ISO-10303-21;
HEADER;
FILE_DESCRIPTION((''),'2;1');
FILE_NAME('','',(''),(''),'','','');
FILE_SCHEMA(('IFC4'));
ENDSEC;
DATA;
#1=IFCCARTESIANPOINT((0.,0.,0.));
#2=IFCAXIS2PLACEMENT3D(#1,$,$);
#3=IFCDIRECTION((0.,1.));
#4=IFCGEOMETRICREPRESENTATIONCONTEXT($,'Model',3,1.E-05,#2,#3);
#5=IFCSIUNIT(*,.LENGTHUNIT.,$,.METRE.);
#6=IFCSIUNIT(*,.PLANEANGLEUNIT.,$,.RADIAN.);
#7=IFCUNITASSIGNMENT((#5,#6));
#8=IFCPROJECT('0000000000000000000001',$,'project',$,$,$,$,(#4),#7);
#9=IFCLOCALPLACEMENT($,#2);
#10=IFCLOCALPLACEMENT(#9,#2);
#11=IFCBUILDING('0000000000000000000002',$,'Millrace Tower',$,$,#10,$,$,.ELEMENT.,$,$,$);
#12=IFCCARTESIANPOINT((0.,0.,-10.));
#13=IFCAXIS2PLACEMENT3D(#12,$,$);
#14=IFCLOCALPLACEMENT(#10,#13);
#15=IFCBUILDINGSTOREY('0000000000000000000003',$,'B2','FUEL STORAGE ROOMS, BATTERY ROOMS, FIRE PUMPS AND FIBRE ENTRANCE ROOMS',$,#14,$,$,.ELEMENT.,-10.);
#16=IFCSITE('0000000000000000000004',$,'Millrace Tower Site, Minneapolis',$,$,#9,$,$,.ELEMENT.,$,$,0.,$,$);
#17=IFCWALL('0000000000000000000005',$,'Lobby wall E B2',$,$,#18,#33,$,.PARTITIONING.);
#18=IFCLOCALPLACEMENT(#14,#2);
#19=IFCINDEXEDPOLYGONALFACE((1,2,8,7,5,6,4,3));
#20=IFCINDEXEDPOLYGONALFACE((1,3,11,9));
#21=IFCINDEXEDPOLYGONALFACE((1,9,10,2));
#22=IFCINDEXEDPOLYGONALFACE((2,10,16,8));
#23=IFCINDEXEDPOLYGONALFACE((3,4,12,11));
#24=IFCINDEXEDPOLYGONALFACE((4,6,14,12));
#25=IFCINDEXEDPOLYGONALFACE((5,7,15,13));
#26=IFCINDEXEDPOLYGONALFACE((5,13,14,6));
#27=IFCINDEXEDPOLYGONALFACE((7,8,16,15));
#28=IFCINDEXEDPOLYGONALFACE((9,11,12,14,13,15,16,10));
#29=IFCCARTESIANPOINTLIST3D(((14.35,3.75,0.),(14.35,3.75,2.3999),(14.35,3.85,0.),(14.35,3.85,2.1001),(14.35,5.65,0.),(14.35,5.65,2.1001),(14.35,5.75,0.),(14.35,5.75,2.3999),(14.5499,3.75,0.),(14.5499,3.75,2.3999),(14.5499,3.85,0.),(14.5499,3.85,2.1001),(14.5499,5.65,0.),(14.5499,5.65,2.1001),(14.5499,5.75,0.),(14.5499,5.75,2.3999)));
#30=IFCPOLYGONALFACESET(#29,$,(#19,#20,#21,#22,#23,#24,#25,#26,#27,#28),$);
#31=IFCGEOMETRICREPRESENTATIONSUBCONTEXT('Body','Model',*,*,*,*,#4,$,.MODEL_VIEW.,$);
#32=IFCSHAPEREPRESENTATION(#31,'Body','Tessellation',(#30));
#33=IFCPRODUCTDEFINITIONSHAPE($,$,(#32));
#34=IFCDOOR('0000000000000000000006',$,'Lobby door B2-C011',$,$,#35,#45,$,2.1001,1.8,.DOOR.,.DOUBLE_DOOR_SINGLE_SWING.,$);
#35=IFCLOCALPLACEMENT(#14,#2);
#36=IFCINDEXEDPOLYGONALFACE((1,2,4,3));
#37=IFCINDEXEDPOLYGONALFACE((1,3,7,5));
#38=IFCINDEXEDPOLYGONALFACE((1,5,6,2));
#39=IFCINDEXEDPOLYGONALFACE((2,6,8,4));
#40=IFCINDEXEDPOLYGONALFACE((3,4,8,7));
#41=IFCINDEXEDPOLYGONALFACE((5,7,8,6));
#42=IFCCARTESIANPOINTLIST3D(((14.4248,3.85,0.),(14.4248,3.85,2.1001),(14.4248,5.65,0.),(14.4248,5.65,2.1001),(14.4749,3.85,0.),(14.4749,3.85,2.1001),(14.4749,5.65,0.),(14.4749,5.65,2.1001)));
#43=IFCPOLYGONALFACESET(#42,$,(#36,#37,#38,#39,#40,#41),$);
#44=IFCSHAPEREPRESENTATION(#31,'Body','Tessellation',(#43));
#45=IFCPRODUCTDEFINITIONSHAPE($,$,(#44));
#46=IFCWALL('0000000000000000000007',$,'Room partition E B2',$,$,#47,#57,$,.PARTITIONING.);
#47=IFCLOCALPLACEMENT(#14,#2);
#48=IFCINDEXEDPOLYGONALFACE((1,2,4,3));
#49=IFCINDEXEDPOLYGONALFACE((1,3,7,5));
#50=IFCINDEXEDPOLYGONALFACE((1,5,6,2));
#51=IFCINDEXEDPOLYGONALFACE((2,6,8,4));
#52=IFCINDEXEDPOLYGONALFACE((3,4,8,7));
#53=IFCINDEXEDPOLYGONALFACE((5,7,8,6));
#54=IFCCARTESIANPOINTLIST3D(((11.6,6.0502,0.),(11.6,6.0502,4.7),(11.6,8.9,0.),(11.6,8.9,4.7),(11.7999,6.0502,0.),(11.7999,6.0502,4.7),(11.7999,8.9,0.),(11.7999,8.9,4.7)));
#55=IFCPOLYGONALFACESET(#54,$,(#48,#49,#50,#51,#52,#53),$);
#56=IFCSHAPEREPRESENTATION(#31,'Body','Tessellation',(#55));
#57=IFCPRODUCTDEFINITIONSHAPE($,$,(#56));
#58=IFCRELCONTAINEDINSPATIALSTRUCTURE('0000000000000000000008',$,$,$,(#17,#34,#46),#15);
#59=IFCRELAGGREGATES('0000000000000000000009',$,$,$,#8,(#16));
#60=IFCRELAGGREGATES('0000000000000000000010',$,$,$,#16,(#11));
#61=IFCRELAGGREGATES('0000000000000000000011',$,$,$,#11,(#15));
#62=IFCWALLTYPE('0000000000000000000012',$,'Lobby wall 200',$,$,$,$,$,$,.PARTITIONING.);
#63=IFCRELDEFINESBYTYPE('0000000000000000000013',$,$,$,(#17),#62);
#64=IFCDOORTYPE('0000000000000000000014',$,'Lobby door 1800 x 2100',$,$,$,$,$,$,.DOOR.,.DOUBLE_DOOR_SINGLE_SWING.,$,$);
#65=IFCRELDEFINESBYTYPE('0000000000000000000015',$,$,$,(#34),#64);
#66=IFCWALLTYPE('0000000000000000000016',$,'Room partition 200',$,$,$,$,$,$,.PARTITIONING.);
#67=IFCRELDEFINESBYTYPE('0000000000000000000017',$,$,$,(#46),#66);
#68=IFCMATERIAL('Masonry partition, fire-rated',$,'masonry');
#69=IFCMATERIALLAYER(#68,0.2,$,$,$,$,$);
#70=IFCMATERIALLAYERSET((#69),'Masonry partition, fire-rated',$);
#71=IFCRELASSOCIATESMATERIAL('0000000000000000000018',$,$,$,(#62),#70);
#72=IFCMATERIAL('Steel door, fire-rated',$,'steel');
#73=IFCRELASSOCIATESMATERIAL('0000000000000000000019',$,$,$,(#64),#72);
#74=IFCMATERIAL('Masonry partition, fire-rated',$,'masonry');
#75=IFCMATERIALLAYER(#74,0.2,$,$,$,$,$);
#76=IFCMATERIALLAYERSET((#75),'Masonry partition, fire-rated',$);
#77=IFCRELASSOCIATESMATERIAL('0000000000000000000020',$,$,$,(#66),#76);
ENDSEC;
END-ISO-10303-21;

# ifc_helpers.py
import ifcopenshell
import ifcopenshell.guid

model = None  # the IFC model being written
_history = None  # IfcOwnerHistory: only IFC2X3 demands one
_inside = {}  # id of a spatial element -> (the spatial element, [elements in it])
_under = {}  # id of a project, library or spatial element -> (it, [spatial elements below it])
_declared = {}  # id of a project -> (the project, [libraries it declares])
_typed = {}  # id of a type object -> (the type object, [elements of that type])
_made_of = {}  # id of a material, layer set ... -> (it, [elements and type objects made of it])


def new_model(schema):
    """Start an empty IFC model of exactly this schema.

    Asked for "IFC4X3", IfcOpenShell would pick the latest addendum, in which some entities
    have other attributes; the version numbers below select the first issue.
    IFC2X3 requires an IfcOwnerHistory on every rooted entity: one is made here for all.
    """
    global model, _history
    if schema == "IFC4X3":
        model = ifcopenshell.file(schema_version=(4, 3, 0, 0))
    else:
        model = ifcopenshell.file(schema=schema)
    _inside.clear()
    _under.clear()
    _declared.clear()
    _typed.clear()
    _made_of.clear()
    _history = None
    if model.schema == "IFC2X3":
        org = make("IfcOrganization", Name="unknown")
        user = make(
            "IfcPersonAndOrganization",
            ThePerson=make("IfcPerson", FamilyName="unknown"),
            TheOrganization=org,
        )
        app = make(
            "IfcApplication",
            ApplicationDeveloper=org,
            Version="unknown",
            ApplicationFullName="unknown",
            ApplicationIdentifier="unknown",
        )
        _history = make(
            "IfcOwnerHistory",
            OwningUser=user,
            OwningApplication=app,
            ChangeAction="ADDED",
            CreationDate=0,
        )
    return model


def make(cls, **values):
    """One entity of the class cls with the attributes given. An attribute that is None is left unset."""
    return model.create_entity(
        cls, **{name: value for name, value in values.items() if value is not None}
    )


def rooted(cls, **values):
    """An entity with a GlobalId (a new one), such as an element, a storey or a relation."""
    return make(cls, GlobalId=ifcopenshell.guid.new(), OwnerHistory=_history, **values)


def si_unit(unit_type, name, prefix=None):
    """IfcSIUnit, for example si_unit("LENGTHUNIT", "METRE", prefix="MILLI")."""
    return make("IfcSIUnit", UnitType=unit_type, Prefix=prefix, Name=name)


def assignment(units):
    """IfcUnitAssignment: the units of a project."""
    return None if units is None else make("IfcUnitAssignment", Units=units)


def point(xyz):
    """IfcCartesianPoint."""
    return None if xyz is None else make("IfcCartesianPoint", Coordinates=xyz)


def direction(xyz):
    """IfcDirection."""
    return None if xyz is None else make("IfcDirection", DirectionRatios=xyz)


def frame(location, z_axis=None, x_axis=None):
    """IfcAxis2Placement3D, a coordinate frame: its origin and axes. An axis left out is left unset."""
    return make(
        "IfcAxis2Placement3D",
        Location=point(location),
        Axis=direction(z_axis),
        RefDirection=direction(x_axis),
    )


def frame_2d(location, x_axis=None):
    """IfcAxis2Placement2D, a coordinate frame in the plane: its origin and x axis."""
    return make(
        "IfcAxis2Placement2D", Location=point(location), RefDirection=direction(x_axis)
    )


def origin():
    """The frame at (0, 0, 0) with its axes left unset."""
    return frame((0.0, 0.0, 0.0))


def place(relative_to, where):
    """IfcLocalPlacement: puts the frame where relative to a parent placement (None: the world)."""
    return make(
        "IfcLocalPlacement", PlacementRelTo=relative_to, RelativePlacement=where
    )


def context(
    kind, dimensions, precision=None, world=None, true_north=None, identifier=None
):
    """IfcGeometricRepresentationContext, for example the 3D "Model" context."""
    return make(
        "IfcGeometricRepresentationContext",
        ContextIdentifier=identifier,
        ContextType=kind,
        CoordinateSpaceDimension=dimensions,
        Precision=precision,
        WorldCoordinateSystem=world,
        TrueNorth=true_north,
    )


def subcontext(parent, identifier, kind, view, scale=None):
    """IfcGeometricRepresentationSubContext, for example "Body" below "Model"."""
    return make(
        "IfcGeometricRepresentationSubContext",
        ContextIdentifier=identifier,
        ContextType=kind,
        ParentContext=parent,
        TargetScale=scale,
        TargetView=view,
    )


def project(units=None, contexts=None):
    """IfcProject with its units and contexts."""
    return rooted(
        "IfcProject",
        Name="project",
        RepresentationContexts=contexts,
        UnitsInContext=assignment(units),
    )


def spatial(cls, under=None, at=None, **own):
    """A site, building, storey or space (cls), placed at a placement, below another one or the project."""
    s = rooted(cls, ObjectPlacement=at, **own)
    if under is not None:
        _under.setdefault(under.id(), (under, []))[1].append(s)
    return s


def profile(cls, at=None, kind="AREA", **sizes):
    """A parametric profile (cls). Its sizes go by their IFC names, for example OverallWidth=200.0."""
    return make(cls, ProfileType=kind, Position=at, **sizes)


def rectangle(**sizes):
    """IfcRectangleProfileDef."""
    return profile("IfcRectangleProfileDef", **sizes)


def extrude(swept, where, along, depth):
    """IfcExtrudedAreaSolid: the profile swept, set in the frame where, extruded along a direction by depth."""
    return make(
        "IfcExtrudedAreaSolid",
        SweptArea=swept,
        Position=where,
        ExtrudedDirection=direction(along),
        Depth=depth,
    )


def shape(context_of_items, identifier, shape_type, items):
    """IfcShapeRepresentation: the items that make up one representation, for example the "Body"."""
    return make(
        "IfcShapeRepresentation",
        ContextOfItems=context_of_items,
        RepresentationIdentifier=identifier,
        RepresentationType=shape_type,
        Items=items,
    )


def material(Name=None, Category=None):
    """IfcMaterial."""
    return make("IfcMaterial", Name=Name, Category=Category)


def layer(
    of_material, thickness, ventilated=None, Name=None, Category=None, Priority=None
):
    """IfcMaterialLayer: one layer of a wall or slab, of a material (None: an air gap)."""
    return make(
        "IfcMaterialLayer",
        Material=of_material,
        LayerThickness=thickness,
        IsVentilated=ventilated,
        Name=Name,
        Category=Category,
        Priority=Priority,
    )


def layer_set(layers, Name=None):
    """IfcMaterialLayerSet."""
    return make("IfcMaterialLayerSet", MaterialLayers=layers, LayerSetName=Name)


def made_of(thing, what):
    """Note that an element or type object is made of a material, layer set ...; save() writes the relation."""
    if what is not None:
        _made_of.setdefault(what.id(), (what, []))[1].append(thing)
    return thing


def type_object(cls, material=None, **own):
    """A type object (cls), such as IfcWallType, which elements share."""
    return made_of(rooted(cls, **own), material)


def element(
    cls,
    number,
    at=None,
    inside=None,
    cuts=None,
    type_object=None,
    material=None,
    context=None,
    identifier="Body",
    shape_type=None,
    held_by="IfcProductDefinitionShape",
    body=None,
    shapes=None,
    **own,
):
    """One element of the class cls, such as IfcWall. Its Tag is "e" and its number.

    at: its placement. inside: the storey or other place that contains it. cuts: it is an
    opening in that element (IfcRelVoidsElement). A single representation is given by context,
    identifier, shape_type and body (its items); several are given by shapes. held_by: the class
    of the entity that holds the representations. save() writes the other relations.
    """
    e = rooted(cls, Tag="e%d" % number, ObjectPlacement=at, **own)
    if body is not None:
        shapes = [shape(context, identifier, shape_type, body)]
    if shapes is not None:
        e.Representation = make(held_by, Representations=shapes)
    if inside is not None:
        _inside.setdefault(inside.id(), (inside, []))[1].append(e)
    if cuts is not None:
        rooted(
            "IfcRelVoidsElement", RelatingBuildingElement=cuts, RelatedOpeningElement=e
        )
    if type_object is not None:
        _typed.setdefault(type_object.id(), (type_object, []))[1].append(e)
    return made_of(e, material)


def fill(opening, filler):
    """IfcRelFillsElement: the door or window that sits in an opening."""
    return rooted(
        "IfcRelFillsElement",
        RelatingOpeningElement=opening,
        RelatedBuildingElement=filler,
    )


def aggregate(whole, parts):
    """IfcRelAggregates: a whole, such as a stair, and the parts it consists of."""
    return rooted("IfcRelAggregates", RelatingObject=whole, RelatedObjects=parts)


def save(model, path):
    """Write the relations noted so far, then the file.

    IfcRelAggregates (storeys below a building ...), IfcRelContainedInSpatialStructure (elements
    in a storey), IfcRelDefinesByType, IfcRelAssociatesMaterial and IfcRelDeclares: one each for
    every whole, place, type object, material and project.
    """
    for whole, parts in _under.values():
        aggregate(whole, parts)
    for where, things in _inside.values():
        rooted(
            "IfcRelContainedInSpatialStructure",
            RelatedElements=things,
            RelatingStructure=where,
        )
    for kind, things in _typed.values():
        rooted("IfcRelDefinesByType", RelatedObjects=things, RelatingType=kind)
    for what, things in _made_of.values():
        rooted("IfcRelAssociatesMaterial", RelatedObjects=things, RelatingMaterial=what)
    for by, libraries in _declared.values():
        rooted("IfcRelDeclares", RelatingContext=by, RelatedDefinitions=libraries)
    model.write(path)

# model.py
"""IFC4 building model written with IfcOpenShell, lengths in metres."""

from ifc_helpers import new_model, si_unit, direction, frame, frame_2d, origin, place, context, subcontext, project, spatial, rectangle, extrude, material, layer, layer_set, type_object, element, fill, save


model = new_model("IFC4")

# Units and contexts
model_context = context("Model", 3, precision=1e-05, world=origin(), true_north=direction((0.0, 1.0)))
body_context = subcontext(model_context, "Body", "Model", "MODEL_VIEW")
ifc_project = project(units=[si_unit("LENGTHUNIT", "METRE"), si_unit("PLANEANGLEUNIT", "RADIAN")], contexts=[model_context])

# Site, building, storey
site_placement = place(None, origin())
site = spatial("IfcSite", under=ifc_project, at=site_placement, Name="Millrace Tower Site, Minneapolis", CompositionType="ELEMENT", RefElevation=0.0)
building_placement = place(site_placement, origin())
building = spatial("IfcBuilding", under=site, at=building_placement, Name="Millrace Tower", CompositionType="ELEMENT")
storey_placement = place(building_placement, frame((0.0, 0.0, -10.0)))
storey = spatial("IfcBuildingStorey", under=building, at=storey_placement, Name="B2", Description="FUEL STORAGE ROOMS, BATTERY ROOMS, FIRE PUMPS AND FIBRE ENTRANCE ROOMS", CompositionType="ELEMENT", Elevation=-10.0)

# Wall, opening, door
ifc_material_1 = material(Name="Masonry partition, fire-rated", Category="masonry")
ifc_layer_1 = layer(ifc_material_1, 0.2)
ifc_layer_set_1 = layer_set([ifc_layer_1], Name="Masonry partition, fire-rated")
wall_type_1 = type_object("IfcWallType", Name="Lobby wall 200", PredefinedType="PARTITIONING", material=ifc_layer_set_1)
wall_1_placement = place(storey_placement, frame((14.45, 5.75, 0.0), z_axis=(0.0, 0.0, 1.0), x_axis=(0.0, -1.0, 0.0)))
wall_1 = element("IfcWall", 1, at=wall_1_placement, inside=storey, type_object=wall_type_1, Name="Lobby wall E B2", PredefinedType="PARTITIONING", context=body_context, shape_type="SweptSolid", body=[
    extrude(rectangle(XDim=2.0, YDim=0.2, at=frame_2d((1.0, 0.0))), origin(), (0.0, 0.0, 1.0), 2.3999),
])
opening_1_placement = place(wall_1_placement, frame((0.1001, 0.0, 0.0)))
opening_1 = element("IfcOpeningElement", 2, at=opening_1_placement, cuts=wall_1, PredefinedType="OPENING", context=body_context, shape_type="SweptSolid", body=[
    extrude(rectangle(XDim=1.8, YDim=2.1001, at=frame_2d((0.8999, 1.05))), frame((0.0, 0.1099, 0.0), z_axis=(0.0, -1.0, 0.0), x_axis=(1.0, 0.0, 0.0)), (0.0, 0.0, 1.0), 0.22),
])
ifc_material_2 = material(Name="Steel door, fire-rated", Category="steel")
door_type_1 = type_object("IfcDoorType", Name="Lobby door 1800 x 2100", OperationType="DOUBLE_DOOR_SINGLE_SWING", PredefinedType="DOOR", material=ifc_material_2)
door_1_placement = place(opening_1_placement, origin())
door_1 = element("IfcDoor", 3, at=door_1_placement, inside=storey, type_object=door_type_1, Name="Lobby door B2-C011", OperationType="DOUBLE_DOOR_SINGLE_SWING", OverallHeight=2.1001, OverallWidth=1.8, PredefinedType="DOOR", context=body_context, shape_type="SweptSolid", body=[
    extrude(rectangle(XDim=1.8, YDim=2.1001, at=frame_2d((0.8999, 1.05))), frame((0.0, 0.0249, 0.0), z_axis=(0.0, -1.0, 0.0), x_axis=(1.0, 0.0, 0.0)), (0.0, 0.0, 1.0), 0.05),
])
fill(opening_1, door_1)

# Wall
ifc_material_3 = material(Name="Masonry partition, fire-rated", Category="masonry")
ifc_layer_2 = layer(ifc_material_3, 0.2)
ifc_layer_set_2 = layer_set([ifc_layer_2], Name="Masonry partition, fire-rated")
wall_type_2 = type_object("IfcWallType", Name="Room partition 200", PredefinedType="PARTITIONING", material=ifc_layer_set_2)
wall_2_placement = place(storey_placement, frame((11.7, 8.8999, 0.0), z_axis=(0.0, 0.0, 1.0), x_axis=(0.0, -1.0, 0.0)))
element("IfcWall", 4, at=wall_2_placement, inside=storey, type_object=wall_type_2, Name="Room partition E B2", PredefinedType="PARTITIONING", context=body_context, shape_type="SweptSolid", body=[
    extrude(rectangle(XDim=2.8499, YDim=0.2, at=frame_2d((1.4248, 0.0))), origin(), (0.0, 0.0, 1.0), 4.7),
])

save(model, "model.ifc")
